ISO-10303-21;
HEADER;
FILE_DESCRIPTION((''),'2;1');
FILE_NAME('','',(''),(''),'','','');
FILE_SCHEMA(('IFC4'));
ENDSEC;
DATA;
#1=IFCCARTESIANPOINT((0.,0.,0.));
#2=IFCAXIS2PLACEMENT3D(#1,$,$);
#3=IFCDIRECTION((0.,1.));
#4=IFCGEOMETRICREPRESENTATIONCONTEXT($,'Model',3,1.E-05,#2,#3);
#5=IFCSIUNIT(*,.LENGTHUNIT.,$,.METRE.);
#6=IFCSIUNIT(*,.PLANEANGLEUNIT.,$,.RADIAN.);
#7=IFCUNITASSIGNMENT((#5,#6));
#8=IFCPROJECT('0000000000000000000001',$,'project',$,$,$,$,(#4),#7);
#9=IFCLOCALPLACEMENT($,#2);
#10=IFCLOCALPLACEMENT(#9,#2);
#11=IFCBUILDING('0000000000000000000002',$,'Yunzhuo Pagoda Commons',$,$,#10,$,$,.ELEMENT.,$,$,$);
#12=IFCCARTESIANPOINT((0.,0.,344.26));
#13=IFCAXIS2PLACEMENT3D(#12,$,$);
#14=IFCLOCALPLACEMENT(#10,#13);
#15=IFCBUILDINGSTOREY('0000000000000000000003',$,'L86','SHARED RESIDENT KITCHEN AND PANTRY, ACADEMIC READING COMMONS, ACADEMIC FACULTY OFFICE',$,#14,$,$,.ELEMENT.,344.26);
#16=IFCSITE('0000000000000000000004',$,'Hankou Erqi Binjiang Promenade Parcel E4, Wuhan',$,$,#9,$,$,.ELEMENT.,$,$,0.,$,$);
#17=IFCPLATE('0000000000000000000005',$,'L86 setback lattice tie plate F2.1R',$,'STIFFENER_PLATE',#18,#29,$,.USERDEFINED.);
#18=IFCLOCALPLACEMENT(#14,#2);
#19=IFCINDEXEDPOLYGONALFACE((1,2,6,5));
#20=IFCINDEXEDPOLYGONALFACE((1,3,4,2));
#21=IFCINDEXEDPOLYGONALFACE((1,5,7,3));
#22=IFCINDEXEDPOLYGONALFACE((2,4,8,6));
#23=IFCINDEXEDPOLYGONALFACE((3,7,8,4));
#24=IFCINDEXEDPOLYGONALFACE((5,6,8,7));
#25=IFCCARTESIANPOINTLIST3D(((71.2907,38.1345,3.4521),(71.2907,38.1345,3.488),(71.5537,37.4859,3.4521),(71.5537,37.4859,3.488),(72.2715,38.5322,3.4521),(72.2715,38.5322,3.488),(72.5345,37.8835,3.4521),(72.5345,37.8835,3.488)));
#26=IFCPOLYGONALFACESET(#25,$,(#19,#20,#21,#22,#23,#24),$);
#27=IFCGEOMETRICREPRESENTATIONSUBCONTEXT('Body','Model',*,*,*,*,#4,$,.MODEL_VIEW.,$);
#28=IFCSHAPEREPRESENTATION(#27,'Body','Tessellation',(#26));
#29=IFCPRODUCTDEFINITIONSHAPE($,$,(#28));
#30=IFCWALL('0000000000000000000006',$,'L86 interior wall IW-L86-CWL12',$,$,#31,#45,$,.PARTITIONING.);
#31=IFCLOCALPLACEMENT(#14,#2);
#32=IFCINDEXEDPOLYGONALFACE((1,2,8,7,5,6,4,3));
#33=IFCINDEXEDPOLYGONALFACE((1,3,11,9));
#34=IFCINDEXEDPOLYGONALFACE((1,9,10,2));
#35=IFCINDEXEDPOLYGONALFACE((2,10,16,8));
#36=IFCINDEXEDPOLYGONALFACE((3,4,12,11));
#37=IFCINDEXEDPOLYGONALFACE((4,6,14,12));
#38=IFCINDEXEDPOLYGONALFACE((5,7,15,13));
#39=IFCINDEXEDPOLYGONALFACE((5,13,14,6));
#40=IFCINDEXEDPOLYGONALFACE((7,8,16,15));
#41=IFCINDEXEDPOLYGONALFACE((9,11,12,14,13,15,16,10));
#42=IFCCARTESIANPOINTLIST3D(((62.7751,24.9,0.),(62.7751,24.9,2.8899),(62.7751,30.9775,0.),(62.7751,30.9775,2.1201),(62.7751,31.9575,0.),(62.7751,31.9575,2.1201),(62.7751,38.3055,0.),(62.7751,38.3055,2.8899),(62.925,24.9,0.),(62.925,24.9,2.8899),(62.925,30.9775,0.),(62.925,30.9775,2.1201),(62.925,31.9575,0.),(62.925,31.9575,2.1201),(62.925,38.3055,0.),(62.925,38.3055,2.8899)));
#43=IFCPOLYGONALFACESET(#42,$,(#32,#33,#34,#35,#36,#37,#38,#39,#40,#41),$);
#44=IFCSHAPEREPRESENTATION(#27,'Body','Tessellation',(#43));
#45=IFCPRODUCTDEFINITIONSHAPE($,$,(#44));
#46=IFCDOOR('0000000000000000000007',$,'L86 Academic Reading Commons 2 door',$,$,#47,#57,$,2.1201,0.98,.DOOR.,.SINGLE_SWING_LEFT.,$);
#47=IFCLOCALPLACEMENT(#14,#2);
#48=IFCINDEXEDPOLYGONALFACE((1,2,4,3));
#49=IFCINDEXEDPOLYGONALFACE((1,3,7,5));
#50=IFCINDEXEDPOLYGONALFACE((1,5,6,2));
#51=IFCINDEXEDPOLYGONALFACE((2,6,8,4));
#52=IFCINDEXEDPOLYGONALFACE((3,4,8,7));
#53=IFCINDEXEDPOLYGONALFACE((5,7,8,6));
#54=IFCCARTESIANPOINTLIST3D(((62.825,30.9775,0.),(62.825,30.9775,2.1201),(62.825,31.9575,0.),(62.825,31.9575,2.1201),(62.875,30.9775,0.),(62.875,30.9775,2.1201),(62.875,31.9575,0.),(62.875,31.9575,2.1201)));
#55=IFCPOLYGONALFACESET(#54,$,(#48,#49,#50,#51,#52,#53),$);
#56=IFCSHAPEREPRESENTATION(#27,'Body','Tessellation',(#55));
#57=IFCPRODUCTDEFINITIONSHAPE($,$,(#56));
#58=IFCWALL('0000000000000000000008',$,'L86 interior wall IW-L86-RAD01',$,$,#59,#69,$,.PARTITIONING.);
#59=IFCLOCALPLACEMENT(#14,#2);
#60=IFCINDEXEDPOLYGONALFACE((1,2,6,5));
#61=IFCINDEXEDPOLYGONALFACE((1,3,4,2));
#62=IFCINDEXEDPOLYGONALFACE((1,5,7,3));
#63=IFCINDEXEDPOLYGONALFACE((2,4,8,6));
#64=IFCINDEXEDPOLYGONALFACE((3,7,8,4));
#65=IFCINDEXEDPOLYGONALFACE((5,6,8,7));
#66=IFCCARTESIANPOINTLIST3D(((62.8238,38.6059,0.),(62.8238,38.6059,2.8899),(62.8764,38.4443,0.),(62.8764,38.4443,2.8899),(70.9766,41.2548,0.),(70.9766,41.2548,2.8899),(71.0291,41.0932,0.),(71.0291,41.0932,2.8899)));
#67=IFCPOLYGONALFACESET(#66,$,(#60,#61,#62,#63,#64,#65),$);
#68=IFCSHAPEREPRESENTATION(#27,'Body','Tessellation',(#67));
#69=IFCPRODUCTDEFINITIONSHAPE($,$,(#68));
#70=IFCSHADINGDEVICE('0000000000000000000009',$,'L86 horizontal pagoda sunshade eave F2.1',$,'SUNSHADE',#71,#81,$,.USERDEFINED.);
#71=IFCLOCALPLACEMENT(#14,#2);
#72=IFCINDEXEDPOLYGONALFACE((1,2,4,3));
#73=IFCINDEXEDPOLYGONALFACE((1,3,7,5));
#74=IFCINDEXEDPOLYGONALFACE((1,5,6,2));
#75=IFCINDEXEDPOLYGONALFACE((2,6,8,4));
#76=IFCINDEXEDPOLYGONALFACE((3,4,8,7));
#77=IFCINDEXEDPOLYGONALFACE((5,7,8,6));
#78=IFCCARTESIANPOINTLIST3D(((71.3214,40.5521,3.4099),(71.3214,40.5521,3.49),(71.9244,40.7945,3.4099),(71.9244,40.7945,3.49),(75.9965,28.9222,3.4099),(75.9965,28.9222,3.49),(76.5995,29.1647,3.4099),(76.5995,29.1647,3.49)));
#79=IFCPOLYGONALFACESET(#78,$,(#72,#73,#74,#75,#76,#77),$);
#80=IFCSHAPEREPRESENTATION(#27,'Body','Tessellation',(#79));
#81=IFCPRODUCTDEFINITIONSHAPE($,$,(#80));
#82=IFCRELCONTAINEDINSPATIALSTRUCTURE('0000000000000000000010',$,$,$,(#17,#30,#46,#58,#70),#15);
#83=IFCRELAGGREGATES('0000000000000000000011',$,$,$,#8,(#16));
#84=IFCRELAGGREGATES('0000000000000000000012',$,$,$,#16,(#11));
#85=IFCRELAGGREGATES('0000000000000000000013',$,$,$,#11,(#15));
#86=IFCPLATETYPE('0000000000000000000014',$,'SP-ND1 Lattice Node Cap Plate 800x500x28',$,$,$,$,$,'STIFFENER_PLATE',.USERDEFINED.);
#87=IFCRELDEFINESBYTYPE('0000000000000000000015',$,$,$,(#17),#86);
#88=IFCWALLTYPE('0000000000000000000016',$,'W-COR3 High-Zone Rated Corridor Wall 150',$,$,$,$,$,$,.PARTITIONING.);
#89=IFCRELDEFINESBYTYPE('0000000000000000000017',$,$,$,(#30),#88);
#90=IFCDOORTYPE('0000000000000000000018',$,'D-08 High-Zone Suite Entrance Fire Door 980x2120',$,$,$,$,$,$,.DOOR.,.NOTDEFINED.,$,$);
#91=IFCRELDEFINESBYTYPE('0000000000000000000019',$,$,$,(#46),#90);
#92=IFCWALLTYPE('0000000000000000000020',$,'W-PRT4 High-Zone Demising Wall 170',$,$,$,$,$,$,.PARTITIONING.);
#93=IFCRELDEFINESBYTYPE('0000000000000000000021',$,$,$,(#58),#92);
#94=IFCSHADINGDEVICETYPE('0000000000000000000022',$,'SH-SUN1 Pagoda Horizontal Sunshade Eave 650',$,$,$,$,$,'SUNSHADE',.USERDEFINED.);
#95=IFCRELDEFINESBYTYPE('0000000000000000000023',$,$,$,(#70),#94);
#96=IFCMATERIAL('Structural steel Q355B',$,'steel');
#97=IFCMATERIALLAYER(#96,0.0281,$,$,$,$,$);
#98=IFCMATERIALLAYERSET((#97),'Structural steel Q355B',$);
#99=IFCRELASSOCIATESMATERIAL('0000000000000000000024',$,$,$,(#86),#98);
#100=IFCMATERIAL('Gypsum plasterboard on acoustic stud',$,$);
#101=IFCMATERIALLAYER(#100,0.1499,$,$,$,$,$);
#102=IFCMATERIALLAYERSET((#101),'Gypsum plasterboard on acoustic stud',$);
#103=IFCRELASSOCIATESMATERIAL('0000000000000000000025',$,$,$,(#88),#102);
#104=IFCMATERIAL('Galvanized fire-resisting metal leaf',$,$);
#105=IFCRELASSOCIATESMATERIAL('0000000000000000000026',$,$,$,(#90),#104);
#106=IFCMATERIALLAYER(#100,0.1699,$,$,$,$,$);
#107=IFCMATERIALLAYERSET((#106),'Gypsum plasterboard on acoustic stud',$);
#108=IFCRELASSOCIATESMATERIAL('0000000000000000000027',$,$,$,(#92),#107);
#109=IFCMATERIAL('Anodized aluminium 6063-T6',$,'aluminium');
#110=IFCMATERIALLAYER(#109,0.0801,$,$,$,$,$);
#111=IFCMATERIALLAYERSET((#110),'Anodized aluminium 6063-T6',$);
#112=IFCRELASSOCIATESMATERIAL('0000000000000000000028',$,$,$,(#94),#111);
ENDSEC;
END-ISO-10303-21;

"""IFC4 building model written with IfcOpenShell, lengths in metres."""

from ifc_helpers import new_model, si_unit, direction, frame, frame_2d, origin, origin_with_axes, origin_2d, place, context, subcontext, project, spatial, rectangle, extrude, source, transform, mapped, material, layer, layer_set, type_object, element, fill, save


model = new_model("IFC4")

# Units and contexts
model_context = context("Model", 3, precision=1e-05, world=origin(), true_north=direction((0.0, 1.0)))
body_context = subcontext(model_context, "Body", "Model", "MODEL_VIEW")
ifc_project = project(units=[si_unit("LENGTHUNIT", "METRE"), si_unit("PLANEANGLEUNIT", "RADIAN")], contexts=[model_context])

# Site, building, storey
site_placement = place(None, origin())
site = spatial("IfcSite", under=ifc_project, at=site_placement, Name="Hankou Erqi Binjiang Promenade Parcel E4, Wuhan", CompositionType="ELEMENT", RefElevation=0.0)
building_placement = place(site_placement, origin())
building = spatial("IfcBuilding", under=site, at=building_placement, Name="Yunzhuo Pagoda Commons", CompositionType="ELEMENT")
storey_placement = place(building_placement, frame((0.0, 0.0, 344.26)))
storey = spatial("IfcBuildingStorey", under=building, at=storey_placement, Name="L86", Description="SHARED RESIDENT KITCHEN AND PANTRY, ACADEMIC READING COMMONS, ACADEMIC FACULTY OFFICE", CompositionType="ELEMENT", Elevation=344.26)

# Shared definitions
ifc_material_1 = material(Name="Structural steel Q355B", Category="steel")

# Shared definitions
ifc_material_2 = material(Name="Anodized aluminium 6063-T6", Category="aluminium")

# Plate
ifc_layer_1 = layer(ifc_material_1, 0.0281)
ifc_layer_set_1 = layer_set([ifc_layer_1], Name="Structural steel Q355B")
plate_type_1 = type_object("IfcPlateType", Name="SP-ND1 Lattice Node Cap Plate 800x500x28", ElementType="STIFFENER_PLATE", PredefinedType="USERDEFINED", material=ifc_layer_set_1)
shared_shape_1 = source(origin(), body_context, "Body", "SweptSolid", [
    extrude(rectangle(XDim=0.7, YDim=1.0583, at=origin_2d()), origin(), (0.0, 0.0, 1.0), 0.0359),
])
plate_1_placement = place(storey_placement, frame((71.9126, 38.009, 3.4521), z_axis=(0.0, 0.0, 1.0), x_axis=(-0.375755, 0.926719, 0.0)))
element("IfcPlate", 1, at=plate_1_placement, inside=storey, type_object=plate_type_1, Name="L86 setback lattice tie plate F2.1R", ObjectType="STIFFENER_PLATE", PredefinedType="USERDEFINED", context=body_context, shape_type="MappedRepresentation", body=[
    mapped(shared_shape_1, transform((0.0, 0.0, 0.0), scale=1.0)),
])

# Wall, opening, door
ifc_material_3 = material(Name="Gypsum plasterboard on acoustic stud")
ifc_layer_2 = layer(ifc_material_3, 0.1499)
ifc_layer_set_2 = layer_set([ifc_layer_2], Name="Gypsum plasterboard on acoustic stud")
wall_type_1 = type_object("IfcWallType", Name="W-COR3 High-Zone Rated Corridor Wall 150", PredefinedType="PARTITIONING", material=ifc_layer_set_2)
wall_1_placement = place(storey_placement, frame((62.8501, 38.3054, 0.0), z_axis=(0.0, 0.0, 1.0), x_axis=(0.0, -1.0, 0.0)))
wall_1 = element("IfcWall", 2, at=wall_1_placement, inside=storey, type_object=wall_type_1, Name="L86 interior wall IW-L86-CWL12", PredefinedType="PARTITIONING", context=body_context, shape_type="SweptSolid", body=[
    extrude(rectangle(XDim=13.4055, YDim=0.1499, at=frame_2d((6.7026, 0.0))), origin(), (0.0, 0.0, 1.0), 2.8899),
])
opening_placement = place(wall_1_placement, frame((6.3479, 0.0, 0.0)))
opening = element("IfcOpeningElement", 3, at=opening_placement, cuts=wall_1, PredefinedType="OPENING", context=body_context, shape_type="SweptSolid", body=[
    extrude(rectangle(XDim=0.98, YDim=2.1201, at=frame_2d((0.49, 1.0601))), frame((0.0, 0.085, 0.0), z_axis=(0.0, -1.0, 0.0), x_axis=(1.0, 0.0, 0.0)), (0.0, 0.0, 1.0), 0.1699),
])
ifc_material_4 = material(Name="Galvanized fire-resisting metal leaf")
door_type = type_object("IfcDoorType", Name="D-08 High-Zone Suite Entrance Fire Door 980x2120", OperationType="NOTDEFINED", PredefinedType="DOOR", material=ifc_material_4)
shared_shape_2 = source(origin(), body_context, "Body", "SweptSolid", [
    extrude(rectangle(XDim=0.98, YDim=2.1201, at=frame_2d((0.49, 1.0601))), frame((0.0, 0.0249, 0.0), z_axis=(0.0, -1.0, 0.0), x_axis=(1.0, 0.0, 0.0)), (0.0, 0.0, 1.0), 0.05),
])
door_placement = place(opening_placement, origin_with_axes())
door = element("IfcDoor", 4, at=door_placement, inside=storey, type_object=door_type, Name="L86 Academic Reading Commons 2 door", OperationType="SINGLE_SWING_LEFT", OverallHeight=2.1201, OverallWidth=0.98, PredefinedType="DOOR", context=body_context, shape_type="MappedRepresentation", body=[
    mapped(shared_shape_2, transform((0.0, 0.0, 0.0), scale=1.0)),
])
fill(opening, door)

# Wall
ifc_layer_3 = layer(ifc_material_3, 0.1699)
ifc_layer_set_3 = layer_set([ifc_layer_3], Name="Gypsum plasterboard on acoustic stud")
wall_type_2 = type_object("IfcWallType", Name="W-PRT4 High-Zone Demising Wall 170", PredefinedType="PARTITIONING", material=ifc_layer_set_3)
wall_2_placement = place(storey_placement, frame((62.8501, 38.5251, 0.0), z_axis=(0.0, 0.0, 1.0), x_axis=(0.95106, 0.309008, 0.0)))
element("IfcWall", 5, at=wall_2_placement, inside=storey, type_object=wall_type_2, Name="L86 interior wall IW-L86-RAD01", PredefinedType="PARTITIONING", context=body_context, shape_type="SweptSolid", body=[
    extrude(rectangle(XDim=8.5723, YDim=0.1699, at=frame_2d((4.2861, 0.0))), origin(), (0.0, 0.0, 1.0), 2.8899),
])

# Shading device
ifc_layer_4 = layer(ifc_material_2, 0.0801)
ifc_layer_set_4 = layer_set([ifc_layer_4], Name="Anodized aluminium 6063-T6")
shading_device_type = type_object("IfcShadingDeviceType", Name="SH-SUN1 Pagoda Horizontal Sunshade Eave 650", ElementType="SUNSHADE", PredefinedType="USERDEFINED", material=ifc_layer_set_4)
shared_shape_3 = source(origin(), body_context, "Body", "SweptSolid", [
    extrude(rectangle(XDim=12.5344, YDim=0.6499, at=origin_2d()), origin(), (0.0, 0.0, 1.0), 0.0801),
])
shading_device_placement = place(storey_placement, frame((73.9604, 34.8584, 3.4099), z_axis=(0.0, 0.0, 1.0), x_axis=(-0.372988, 0.927836, 0.0)))
element("IfcShadingDevice", 6, at=shading_device_placement, inside=storey, type_object=shading_device_type, Name="L86 horizontal pagoda sunshade eave F2.1", ObjectType="SUNSHADE", PredefinedType="USERDEFINED", context=body_context, shape_type="MappedRepresentation", body=[
    mapped(shared_shape_3, transform((0.0, 0.0, 0.0), scale=1.0)),
])

save(model, "model.ifc")
